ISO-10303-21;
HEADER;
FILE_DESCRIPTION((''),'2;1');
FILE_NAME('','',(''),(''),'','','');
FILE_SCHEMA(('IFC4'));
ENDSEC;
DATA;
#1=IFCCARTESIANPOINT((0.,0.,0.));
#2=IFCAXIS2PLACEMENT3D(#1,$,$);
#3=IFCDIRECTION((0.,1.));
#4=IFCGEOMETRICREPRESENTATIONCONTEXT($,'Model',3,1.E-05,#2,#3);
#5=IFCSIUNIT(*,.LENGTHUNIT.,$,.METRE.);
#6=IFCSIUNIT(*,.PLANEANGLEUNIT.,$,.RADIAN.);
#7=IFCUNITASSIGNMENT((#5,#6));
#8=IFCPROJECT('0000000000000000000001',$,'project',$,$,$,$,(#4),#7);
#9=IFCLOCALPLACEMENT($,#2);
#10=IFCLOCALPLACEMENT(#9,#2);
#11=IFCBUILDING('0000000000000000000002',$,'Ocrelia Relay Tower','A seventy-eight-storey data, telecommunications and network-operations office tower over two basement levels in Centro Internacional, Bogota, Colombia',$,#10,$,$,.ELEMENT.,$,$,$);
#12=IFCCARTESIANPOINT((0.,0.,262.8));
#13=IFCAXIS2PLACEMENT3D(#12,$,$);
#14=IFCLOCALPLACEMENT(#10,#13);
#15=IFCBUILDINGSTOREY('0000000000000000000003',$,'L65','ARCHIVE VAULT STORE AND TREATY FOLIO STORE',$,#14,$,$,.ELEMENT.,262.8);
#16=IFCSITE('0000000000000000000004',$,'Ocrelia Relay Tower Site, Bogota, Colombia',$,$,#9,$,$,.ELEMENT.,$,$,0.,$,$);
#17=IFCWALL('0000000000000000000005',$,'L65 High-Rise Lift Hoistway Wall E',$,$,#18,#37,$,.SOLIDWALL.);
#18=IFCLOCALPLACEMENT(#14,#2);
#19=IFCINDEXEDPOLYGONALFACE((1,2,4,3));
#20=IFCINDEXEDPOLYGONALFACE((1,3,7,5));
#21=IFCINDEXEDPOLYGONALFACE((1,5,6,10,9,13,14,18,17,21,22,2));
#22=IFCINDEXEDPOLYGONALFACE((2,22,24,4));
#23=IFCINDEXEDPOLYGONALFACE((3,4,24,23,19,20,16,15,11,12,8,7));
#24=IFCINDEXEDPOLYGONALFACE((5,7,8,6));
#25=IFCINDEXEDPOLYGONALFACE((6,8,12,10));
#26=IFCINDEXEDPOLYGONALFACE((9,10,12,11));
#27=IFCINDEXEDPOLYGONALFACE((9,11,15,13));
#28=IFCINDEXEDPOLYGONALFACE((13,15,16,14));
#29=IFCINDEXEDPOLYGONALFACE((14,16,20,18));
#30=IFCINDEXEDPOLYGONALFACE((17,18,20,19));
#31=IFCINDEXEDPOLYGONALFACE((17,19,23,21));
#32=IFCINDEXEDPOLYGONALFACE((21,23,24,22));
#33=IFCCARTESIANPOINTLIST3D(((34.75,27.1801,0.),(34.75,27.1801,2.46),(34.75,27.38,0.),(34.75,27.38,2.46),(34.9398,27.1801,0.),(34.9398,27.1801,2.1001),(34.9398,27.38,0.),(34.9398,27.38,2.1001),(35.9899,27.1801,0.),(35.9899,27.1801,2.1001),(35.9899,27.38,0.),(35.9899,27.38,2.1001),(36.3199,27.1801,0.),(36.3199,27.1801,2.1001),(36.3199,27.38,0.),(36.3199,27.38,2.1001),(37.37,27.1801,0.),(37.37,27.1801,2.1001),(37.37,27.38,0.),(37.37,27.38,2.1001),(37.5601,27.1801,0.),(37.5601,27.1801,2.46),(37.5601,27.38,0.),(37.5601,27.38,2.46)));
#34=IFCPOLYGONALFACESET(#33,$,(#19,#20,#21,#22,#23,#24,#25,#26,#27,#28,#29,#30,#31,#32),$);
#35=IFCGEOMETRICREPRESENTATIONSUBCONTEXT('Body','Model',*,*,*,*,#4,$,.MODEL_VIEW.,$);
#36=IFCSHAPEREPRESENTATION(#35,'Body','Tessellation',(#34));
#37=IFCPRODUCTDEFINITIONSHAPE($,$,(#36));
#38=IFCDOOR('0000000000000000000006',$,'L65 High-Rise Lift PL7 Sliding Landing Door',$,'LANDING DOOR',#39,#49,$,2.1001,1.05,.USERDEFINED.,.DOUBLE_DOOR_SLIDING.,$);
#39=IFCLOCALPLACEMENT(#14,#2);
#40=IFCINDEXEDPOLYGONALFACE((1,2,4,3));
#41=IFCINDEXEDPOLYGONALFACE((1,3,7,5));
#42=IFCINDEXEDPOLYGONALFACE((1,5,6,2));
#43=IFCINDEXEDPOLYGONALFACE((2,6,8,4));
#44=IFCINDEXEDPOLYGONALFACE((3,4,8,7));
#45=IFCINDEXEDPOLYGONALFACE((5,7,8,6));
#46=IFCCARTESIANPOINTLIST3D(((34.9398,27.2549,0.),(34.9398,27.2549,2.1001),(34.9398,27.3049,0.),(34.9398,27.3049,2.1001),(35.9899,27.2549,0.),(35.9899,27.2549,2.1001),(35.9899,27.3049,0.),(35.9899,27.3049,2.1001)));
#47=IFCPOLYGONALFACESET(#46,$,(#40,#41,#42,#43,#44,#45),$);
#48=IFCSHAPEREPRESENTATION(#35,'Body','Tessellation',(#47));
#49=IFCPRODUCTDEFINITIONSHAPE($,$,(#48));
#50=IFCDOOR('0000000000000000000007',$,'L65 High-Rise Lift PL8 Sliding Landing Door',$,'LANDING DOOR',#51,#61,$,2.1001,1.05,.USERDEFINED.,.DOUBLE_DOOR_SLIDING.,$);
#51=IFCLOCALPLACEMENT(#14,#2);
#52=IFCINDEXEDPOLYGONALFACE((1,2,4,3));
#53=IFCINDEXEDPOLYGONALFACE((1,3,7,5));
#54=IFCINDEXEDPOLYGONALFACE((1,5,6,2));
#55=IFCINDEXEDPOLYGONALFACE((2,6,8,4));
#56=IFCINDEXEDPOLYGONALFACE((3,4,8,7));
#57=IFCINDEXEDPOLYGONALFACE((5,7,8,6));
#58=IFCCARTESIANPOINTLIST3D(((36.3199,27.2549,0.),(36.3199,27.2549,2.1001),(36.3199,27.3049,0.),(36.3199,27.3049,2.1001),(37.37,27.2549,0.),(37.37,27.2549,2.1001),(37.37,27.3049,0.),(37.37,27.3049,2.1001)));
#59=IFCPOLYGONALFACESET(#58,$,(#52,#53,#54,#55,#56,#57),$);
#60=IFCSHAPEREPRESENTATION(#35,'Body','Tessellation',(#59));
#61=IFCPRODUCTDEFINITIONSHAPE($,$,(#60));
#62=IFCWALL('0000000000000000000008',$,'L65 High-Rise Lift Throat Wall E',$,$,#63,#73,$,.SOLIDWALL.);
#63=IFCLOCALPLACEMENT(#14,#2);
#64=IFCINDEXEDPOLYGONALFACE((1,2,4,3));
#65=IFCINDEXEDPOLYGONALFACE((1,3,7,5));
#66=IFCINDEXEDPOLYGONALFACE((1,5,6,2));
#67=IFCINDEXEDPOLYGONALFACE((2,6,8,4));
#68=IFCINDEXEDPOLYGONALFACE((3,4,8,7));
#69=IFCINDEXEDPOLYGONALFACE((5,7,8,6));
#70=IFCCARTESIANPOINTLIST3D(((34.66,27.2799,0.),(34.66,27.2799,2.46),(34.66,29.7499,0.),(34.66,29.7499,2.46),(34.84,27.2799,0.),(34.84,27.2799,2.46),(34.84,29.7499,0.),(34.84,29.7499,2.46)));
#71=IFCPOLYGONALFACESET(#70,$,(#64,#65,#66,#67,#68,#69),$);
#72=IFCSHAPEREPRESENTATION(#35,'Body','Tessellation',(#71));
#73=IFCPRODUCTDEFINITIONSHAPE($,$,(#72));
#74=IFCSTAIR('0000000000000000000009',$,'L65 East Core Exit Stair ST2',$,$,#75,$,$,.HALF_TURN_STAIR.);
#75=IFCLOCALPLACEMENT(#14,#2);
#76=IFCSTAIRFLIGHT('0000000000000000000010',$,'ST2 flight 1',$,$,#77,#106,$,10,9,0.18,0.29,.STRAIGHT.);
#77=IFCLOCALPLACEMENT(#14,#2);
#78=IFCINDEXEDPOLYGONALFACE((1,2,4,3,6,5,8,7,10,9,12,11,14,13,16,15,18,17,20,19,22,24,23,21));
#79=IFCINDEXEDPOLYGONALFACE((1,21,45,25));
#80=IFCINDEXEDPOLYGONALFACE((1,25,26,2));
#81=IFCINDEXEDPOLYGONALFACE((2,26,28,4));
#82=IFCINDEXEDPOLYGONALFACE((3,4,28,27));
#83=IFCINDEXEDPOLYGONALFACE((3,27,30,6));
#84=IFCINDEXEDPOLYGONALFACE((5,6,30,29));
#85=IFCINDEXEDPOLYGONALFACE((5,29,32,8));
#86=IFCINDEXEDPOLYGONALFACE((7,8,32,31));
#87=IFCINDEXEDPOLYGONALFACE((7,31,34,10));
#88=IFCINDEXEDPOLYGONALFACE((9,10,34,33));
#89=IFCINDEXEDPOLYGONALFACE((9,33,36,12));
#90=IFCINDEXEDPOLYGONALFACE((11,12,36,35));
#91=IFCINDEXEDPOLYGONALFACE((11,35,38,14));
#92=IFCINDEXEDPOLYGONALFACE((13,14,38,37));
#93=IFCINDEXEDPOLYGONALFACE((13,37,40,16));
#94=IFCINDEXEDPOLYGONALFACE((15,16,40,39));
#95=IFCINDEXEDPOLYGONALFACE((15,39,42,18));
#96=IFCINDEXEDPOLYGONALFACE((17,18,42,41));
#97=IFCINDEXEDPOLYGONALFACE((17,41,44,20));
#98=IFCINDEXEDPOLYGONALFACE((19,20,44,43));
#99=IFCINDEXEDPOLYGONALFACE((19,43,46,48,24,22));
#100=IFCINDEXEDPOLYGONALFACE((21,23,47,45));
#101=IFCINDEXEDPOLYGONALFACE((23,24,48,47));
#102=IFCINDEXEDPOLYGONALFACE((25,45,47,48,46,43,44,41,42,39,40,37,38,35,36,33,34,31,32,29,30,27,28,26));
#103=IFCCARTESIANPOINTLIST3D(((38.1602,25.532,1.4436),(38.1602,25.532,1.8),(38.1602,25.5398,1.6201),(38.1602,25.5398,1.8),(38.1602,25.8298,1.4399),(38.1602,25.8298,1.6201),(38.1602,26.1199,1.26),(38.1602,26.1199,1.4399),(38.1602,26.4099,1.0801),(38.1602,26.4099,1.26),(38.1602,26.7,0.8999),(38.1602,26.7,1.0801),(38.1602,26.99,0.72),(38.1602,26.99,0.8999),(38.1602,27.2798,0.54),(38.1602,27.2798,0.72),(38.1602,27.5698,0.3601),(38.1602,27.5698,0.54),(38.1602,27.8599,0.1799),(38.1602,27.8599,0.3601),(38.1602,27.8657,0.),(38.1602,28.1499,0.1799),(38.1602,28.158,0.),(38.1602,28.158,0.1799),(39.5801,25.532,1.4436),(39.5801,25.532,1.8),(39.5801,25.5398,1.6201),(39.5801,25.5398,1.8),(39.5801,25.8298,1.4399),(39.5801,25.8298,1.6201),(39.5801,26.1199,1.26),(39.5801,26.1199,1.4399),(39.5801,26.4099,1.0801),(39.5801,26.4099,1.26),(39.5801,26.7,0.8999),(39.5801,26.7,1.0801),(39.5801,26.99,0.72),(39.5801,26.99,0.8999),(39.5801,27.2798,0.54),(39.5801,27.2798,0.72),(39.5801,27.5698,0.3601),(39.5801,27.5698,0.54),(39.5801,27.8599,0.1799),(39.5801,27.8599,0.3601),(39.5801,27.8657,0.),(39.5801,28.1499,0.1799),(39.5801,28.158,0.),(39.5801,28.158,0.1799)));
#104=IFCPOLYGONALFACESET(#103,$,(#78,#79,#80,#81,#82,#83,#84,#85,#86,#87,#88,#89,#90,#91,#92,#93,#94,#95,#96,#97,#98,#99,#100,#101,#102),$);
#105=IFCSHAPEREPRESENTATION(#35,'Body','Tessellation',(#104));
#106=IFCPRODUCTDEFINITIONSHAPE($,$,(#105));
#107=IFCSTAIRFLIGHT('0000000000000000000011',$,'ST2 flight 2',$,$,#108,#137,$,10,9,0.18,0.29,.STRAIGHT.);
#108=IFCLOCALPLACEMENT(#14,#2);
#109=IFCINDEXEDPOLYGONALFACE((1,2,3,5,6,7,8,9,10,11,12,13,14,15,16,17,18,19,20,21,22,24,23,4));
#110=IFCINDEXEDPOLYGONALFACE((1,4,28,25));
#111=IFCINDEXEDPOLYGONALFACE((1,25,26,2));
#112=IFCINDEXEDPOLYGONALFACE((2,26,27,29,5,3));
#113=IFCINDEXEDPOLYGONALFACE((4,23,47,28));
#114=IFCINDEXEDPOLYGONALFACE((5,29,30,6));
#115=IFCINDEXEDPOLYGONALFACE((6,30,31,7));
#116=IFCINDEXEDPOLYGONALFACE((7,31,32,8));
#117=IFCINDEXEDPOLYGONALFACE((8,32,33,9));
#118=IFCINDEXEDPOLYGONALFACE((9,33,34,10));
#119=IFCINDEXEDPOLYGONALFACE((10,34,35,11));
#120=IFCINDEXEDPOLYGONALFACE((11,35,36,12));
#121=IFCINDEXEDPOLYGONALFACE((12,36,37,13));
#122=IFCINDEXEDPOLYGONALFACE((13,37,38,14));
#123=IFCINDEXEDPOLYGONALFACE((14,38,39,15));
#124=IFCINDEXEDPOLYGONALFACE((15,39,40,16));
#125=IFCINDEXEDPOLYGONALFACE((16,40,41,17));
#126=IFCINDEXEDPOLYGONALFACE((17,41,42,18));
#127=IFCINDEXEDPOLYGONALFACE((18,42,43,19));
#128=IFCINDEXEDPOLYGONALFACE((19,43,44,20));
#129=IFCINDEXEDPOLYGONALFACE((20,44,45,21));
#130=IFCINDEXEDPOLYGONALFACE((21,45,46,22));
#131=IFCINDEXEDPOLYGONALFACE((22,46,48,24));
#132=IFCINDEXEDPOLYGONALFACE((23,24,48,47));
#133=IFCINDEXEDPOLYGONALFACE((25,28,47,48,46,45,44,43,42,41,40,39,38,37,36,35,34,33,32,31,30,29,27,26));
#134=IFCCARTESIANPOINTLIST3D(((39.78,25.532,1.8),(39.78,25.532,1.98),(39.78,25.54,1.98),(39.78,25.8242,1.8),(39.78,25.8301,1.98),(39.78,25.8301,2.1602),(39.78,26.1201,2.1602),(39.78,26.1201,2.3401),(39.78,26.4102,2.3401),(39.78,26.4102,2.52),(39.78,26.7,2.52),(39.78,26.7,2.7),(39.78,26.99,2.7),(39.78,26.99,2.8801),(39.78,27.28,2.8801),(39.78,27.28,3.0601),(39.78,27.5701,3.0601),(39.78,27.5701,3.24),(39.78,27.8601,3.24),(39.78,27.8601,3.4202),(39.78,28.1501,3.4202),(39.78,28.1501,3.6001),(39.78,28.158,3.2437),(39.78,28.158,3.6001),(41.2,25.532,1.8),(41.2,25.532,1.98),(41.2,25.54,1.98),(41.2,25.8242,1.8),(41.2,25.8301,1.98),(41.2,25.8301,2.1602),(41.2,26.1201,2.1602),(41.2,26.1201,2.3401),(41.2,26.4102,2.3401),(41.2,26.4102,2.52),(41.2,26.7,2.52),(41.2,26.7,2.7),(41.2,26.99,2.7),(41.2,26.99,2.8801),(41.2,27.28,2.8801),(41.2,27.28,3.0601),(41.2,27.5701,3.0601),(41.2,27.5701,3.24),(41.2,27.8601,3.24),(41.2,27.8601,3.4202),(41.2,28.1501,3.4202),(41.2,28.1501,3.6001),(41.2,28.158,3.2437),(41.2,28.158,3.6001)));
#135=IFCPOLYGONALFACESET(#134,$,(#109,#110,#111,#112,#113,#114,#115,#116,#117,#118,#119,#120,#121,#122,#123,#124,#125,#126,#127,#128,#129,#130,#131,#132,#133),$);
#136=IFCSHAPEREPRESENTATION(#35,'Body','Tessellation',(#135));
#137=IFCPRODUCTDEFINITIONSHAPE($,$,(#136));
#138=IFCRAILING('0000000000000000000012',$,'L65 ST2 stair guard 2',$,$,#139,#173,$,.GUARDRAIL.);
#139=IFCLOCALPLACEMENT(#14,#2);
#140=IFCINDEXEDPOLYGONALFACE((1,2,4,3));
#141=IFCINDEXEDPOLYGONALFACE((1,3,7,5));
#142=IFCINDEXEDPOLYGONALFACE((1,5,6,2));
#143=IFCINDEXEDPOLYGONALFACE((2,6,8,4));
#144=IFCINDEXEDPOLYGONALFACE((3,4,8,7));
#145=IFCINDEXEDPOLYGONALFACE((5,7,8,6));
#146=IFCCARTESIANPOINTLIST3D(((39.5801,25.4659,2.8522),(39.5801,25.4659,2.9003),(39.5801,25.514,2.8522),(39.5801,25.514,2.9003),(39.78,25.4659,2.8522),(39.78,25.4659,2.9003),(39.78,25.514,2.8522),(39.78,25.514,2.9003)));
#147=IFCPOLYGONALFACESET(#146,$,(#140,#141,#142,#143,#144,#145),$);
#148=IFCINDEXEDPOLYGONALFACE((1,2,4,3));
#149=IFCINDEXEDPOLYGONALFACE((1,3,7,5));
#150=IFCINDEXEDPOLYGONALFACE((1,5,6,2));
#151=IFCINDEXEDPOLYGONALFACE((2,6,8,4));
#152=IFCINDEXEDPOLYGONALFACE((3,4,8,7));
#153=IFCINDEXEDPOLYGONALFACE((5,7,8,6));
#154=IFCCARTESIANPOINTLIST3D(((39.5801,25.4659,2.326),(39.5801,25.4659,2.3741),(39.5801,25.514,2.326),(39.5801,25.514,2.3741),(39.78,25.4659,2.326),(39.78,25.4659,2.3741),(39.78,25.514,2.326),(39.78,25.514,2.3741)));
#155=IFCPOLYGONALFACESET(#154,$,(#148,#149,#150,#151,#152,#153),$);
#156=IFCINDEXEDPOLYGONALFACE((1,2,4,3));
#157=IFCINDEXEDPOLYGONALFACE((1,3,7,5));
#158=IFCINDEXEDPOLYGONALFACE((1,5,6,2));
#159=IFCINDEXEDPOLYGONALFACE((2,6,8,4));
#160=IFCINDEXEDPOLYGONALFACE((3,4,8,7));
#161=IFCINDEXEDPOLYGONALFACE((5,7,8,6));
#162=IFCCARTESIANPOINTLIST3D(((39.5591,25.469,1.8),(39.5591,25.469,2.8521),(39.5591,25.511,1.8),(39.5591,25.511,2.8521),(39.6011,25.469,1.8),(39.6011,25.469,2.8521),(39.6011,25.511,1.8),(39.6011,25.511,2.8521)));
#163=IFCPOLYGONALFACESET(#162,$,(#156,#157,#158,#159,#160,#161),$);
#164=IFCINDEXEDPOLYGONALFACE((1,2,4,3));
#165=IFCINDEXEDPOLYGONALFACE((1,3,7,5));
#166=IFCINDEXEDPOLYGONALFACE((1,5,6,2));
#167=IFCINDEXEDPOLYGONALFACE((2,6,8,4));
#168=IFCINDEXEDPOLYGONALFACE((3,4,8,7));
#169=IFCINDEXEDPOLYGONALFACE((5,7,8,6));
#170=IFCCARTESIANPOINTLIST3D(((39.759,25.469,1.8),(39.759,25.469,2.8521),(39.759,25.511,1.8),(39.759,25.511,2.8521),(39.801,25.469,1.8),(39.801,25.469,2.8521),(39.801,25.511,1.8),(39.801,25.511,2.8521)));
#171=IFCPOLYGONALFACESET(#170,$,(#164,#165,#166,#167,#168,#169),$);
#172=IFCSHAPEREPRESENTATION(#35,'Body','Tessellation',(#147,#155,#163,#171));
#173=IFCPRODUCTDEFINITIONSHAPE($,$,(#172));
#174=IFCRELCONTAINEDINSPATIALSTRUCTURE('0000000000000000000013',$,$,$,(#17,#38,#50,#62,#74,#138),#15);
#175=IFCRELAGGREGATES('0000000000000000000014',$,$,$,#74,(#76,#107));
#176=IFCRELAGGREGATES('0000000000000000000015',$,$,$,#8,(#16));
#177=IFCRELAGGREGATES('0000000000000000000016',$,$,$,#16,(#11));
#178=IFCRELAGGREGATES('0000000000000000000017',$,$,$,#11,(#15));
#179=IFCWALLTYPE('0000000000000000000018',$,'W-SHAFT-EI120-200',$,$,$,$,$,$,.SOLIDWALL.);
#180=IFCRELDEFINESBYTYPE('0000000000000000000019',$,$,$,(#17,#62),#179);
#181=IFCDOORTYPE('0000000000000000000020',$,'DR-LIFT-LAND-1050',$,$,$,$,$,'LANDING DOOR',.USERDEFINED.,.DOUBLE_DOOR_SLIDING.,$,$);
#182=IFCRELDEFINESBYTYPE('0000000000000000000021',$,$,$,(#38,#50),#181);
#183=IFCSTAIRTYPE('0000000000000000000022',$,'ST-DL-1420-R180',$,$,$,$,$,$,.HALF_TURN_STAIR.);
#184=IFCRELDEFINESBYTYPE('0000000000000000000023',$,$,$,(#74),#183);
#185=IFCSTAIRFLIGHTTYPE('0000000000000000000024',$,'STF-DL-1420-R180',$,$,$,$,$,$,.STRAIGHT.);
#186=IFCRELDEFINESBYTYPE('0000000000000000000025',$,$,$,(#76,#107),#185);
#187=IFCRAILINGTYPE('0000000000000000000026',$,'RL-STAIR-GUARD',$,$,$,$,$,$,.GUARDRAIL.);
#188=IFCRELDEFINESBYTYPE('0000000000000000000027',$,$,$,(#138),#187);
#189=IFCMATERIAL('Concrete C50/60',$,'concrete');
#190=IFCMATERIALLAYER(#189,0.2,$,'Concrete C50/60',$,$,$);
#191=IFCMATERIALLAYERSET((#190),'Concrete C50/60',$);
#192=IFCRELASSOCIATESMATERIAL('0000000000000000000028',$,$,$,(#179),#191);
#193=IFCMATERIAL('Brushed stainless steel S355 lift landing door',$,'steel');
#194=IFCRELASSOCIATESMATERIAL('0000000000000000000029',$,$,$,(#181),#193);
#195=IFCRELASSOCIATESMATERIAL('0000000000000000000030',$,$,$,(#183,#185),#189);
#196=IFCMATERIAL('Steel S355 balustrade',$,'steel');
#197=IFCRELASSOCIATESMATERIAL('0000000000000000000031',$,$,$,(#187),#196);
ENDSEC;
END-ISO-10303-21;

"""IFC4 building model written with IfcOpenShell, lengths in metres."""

from ifc_helpers import new_model, si_unit, direction, frame, frame_2d, origin, origin_2d, place, context, subcontext, project, spatial, polyline, rectangle, outline, extrude, material, layer, layer_set, type_object, element, fill, aggregate, save


model = new_model("IFC4")

# Units and contexts
model_context = context("Model", 3, precision=1e-05, world=origin(), true_north=direction((0.0, 1.0)))
body_context = subcontext(model_context, "Body", "Model", "MODEL_VIEW")
ifc_project = project(units=[si_unit("LENGTHUNIT", "METRE"), si_unit("PLANEANGLEUNIT", "RADIAN")], contexts=[model_context])

# Site, building, storey
site_placement = place(None, origin())
site = spatial("IfcSite", under=ifc_project, at=site_placement, Name="Ocrelia Relay Tower Site, Bogota, Colombia", CompositionType="ELEMENT", RefElevation=0.0)
building_placement = place(site_placement, origin())
building = spatial("IfcBuilding", under=site, at=building_placement, Name="Ocrelia Relay Tower", Description="A seventy-eight-storey data, telecommunications and network-operations office tower over two basement levels in Centro Internacional, Bogota, Colombia", CompositionType="ELEMENT")
storey_placement = place(building_placement, frame((0.0, 0.0, 262.8)))
storey = spatial("IfcBuildingStorey", under=building, at=storey_placement, Name="L65", Description="ARCHIVE VAULT STORE AND TREATY FOLIO STORE", CompositionType="ELEMENT", Elevation=262.8)

# Shared definitions
ifc_material_1 = material(Name="Concrete C50/60", Category="concrete")

# Shared definitions
ifc_layer_1 = layer(ifc_material_1, 0.2, Name="Concrete C50/60")
ifc_layer_set_1 = layer_set([ifc_layer_1], Name="Concrete C50/60")
wall_type_1 = type_object("IfcWallType", Name="W-SHAFT-EI120-200", PredefinedType="SOLIDWALL", material=ifc_layer_set_1)

# Wall, openings, doors
wall_1_placement = place(storey_placement, frame((34.75, 27.28, 0.0), z_axis=(0.0, 0.0, 1.0), x_axis=(1.0, 0.0, 0.0)))
wall_1 = element("IfcWall", 1, at=wall_1_placement, inside=storey, type_object=wall_type_1, Name="L65 High-Rise Lift Hoistway Wall E", PredefinedType="SOLIDWALL", context=body_context, shape_type="SweptSolid", body=[
    extrude(rectangle(XDim=2.8101, YDim=0.2, at=frame_2d((1.405, 0.0))), origin(), (0.0, 0.0, 1.0), 2.46),
])
opening_1_placement = place(wall_1_placement, frame((0.1899, 0.0, 0.0)))
opening_1 = element("IfcOpeningElement", 2, at=opening_1_placement, cuts=wall_1, PredefinedType="OPENING", context=body_context, shape_type="SweptSolid", body=[
    extrude(rectangle(XDim=1.05, YDim=2.1001, at=frame_2d((0.5249, 1.05))), frame((0.0, 0.1099, 0.0), z_axis=(0.0, -1.0, 0.0), x_axis=(1.0, 0.0, 0.0)), (0.0, 0.0, 1.0), 0.22),
])
opening_2_placement = place(wall_1_placement, frame((1.5701, 0.0, 0.0)))
opening_2 = element("IfcOpeningElement", 3, at=opening_2_placement, cuts=wall_1, PredefinedType="OPENING", context=body_context, shape_type="SweptSolid", body=[
    extrude(rectangle(XDim=1.05, YDim=2.1001, at=frame_2d((0.5249, 1.05))), frame((0.0, 0.1099, 0.0), z_axis=(0.0, -1.0, 0.0), x_axis=(1.0, 0.0, 0.0)), (0.0, 0.0, 1.0), 0.22),
])
ifc_material_2 = material(Name="Brushed stainless steel S355 lift landing door", Category="steel")
door_type_1 = type_object("IfcDoorType", Name="DR-LIFT-LAND-1050", ElementType="LANDING DOOR", OperationType="DOUBLE_DOOR_SLIDING", PredefinedType="USERDEFINED", material=ifc_material_2)
door_1_placement = place(opening_1_placement, origin())
door_1 = element("IfcDoor", 4, at=door_1_placement, inside=storey, type_object=door_type_1, Name="L65 High-Rise Lift PL7 Sliding Landing Door", ObjectType="LANDING DOOR", OperationType="DOUBLE_DOOR_SLIDING", OverallHeight=2.1001, OverallWidth=1.05, PredefinedType="USERDEFINED", context=body_context, shape_type="SweptSolid", body=[
    extrude(rectangle(XDim=1.05, YDim=2.1001, at=frame_2d((0.5249, 1.05))), frame((0.0, 0.0249, 0.0), z_axis=(0.0, -1.0, 0.0), x_axis=(1.0, 0.0, 0.0)), (0.0, 0.0, 1.0), 0.05),
])
fill(opening_1, door_1)
door_2_placement = place(opening_2_placement, origin())
door_2 = element("IfcDoor", 5, at=door_2_placement, inside=storey, type_object=door_type_1, Name="L65 High-Rise Lift PL8 Sliding Landing Door", ObjectType="LANDING DOOR", OperationType="DOUBLE_DOOR_SLIDING", OverallHeight=2.1001, OverallWidth=1.05, PredefinedType="USERDEFINED", context=body_context, shape_type="SweptSolid", body=[
    extrude(rectangle(XDim=1.05, YDim=2.1001, at=frame_2d((0.5249, 1.05))), frame((0.0, 0.0249, 0.0), z_axis=(0.0, -1.0, 0.0), x_axis=(1.0, 0.0, 0.0)), (0.0, 0.0, 1.0), 0.05),
])
fill(opening_2, door_2)

# Wall
wall_2_placement = place(storey_placement, frame((34.75, 27.28, 0.0), z_axis=(0.0, 0.0, 1.0), x_axis=(0.0, 1.0, 0.0)))
element("IfcWall", 6, at=wall_2_placement, inside=storey, type_object=wall_type_1, Name="L65 High-Rise Lift Throat Wall E", PredefinedType="SOLIDWALL", context=body_context, shape_type="SweptSolid", body=[
    extrude(rectangle(XDim=2.47, YDim=0.1799, at=frame_2d((1.2349, 0.0))), origin(), (0.0, 0.0, 1.0), 2.46),
])

# Stair, stair flights
stair_type = type_object("IfcStairType", Name="ST-DL-1420-R180", PredefinedType="HALF_TURN_STAIR", material=ifc_material_1)
stair_placement = place(storey_placement, origin())
stair = element("IfcStair", 7, at=stair_placement, inside=storey, type_object=stair_type, Name="L65 East Core Exit Stair ST2", PredefinedType="HALF_TURN_STAIR")
stair_flight_type = type_object("IfcStairFlightType", Name="STF-DL-1420-R180", PredefinedType="STRAIGHT", material=ifc_material_1)
stair_flight_1_placement = place(storey_placement, frame((38.8701, 28.1499, 0.0), z_axis=(0.0, 0.0, 1.0), x_axis=(0.0, -1.0, 0.0)))
stair_flight_1 = element("IfcStairFlight", 8, at=stair_flight_1_placement, type_object=stair_flight_type, Name="ST2 flight 1", NumberOfRisers=10, NumberOfTreads=9, PredefinedType="STRAIGHT", RiserHeight=0.18, TreadLength=0.29, context=body_context, shape_type="SweptSolid", body=[
    extrude(outline(polyline([(-0.0081, 0.0), (-0.0081, 0.1799), (0.0, 0.1799), (0.29, 0.1799), (0.29, 0.3601), (0.5801, 0.3601), (0.5801, 0.54), (0.8701, 0.54), (0.8701, 0.72), (1.1599, 0.72), (1.1599, 0.8999), (1.45, 0.8999), (1.45, 1.0801), (1.74, 1.0801), (1.74, 1.26), (2.03, 1.26), (2.03, 1.4399), (2.3201, 1.4399), (2.3201, 1.6201), (2.6101, 1.6201), (2.6101, 1.8), (2.6179, 1.8), (2.6179, 1.4436), (0.2842, 0.0), (-0.0081, 0.0)])), frame((0.0, 0.71, 0.0), z_axis=(0.0, -1.0, 0.0), x_axis=(1.0, 0.0, 0.0)), (0.0, 0.0, 1.0), 1.4199),
])
stair_flight_2_placement = place(storey_placement, frame((40.49, 25.54, 1.8), z_axis=(0.0, 0.0, 1.0), x_axis=(0.0, 1.0, 0.0)))
stair_flight_2 = element("IfcStairFlight", 9, at=stair_flight_2_placement, type_object=stair_flight_type, Name="ST2 flight 2", NumberOfRisers=10, NumberOfTreads=9, PredefinedType="STRAIGHT", RiserHeight=0.18, TreadLength=0.29, context=body_context, shape_type="SweptSolid", body=[
    extrude(outline(polyline([(-0.0081, 0.0), (-0.0081, 0.1799), (0.0, 0.1799), (0.29, 0.1799), (0.29, 0.3601), (0.5801, 0.3601), (0.5801, 0.54), (0.8701, 0.54), (0.8701, 0.72), (1.1599, 0.72), (1.1599, 0.8999), (1.45, 0.8999), (1.45, 1.0801), (1.74, 1.0801), (1.74, 1.26), (2.03, 1.26), (2.03, 1.4399), (2.3201, 1.4399), (2.3201, 1.6201), (2.6101, 1.6201), (2.6101, 1.8), (2.6179, 1.8), (2.6179, 1.4436), (0.2842, 0.0), (-0.0081, 0.0)])), frame((0.0, 0.71, 0.0), z_axis=(0.0, -1.0, 0.0), x_axis=(1.0, 0.0, 0.0)), (0.0, 0.0, 1.0), 1.4199),
])
aggregate(stair, [stair_flight_1, stair_flight_2])

# Railing
ifc_material_3 = material(Name="Steel S355 balustrade", Category="steel")
railing_type_1 = type_object("IfcRailingType", Name="RL-STAIR-GUARD", PredefinedType="GUARDRAIL", material=ifc_material_3)
railing_1_placement = place(storey_placement, frame((39.5801, 25.49, 1.8)))
element("IfcRailing", 10, at=railing_1_placement, inside=storey, type_object=railing_type_1, Name="L65 ST2 stair guard 2", PredefinedType="GUARDRAIL", context=body_context, shape_type="SweptSolid", body=[
    extrude(rectangle(XDim=0.0481, YDim=0.0481, at=origin_2d()), frame((0.0, 0.0, 1.0762), z_axis=(1.0, 0.0, 0.0), x_axis=(0.0, 1.0, 0.0)), (0.0, 0.0, 1.0), 0.2),
    extrude(rectangle(XDim=0.0481, YDim=0.0481, at=origin_2d()), frame((0.0, 0.0, 0.55), z_axis=(1.0, 0.0, 0.0), x_axis=(0.0, 1.0, 0.0)), (0.0, 0.0, 1.0), 0.2),
    extrude(rectangle(XDim=0.042, YDim=0.042, at=origin_2d()), origin(), (0.0, 0.0, 1.0), 1.052),
    extrude(rectangle(XDim=0.042, YDim=0.042, at=origin_2d()), frame((0.2, 0.0, 0.0)), (0.0, 0.0, 1.0), 1.052),
])

save(model, "model.ifc")
